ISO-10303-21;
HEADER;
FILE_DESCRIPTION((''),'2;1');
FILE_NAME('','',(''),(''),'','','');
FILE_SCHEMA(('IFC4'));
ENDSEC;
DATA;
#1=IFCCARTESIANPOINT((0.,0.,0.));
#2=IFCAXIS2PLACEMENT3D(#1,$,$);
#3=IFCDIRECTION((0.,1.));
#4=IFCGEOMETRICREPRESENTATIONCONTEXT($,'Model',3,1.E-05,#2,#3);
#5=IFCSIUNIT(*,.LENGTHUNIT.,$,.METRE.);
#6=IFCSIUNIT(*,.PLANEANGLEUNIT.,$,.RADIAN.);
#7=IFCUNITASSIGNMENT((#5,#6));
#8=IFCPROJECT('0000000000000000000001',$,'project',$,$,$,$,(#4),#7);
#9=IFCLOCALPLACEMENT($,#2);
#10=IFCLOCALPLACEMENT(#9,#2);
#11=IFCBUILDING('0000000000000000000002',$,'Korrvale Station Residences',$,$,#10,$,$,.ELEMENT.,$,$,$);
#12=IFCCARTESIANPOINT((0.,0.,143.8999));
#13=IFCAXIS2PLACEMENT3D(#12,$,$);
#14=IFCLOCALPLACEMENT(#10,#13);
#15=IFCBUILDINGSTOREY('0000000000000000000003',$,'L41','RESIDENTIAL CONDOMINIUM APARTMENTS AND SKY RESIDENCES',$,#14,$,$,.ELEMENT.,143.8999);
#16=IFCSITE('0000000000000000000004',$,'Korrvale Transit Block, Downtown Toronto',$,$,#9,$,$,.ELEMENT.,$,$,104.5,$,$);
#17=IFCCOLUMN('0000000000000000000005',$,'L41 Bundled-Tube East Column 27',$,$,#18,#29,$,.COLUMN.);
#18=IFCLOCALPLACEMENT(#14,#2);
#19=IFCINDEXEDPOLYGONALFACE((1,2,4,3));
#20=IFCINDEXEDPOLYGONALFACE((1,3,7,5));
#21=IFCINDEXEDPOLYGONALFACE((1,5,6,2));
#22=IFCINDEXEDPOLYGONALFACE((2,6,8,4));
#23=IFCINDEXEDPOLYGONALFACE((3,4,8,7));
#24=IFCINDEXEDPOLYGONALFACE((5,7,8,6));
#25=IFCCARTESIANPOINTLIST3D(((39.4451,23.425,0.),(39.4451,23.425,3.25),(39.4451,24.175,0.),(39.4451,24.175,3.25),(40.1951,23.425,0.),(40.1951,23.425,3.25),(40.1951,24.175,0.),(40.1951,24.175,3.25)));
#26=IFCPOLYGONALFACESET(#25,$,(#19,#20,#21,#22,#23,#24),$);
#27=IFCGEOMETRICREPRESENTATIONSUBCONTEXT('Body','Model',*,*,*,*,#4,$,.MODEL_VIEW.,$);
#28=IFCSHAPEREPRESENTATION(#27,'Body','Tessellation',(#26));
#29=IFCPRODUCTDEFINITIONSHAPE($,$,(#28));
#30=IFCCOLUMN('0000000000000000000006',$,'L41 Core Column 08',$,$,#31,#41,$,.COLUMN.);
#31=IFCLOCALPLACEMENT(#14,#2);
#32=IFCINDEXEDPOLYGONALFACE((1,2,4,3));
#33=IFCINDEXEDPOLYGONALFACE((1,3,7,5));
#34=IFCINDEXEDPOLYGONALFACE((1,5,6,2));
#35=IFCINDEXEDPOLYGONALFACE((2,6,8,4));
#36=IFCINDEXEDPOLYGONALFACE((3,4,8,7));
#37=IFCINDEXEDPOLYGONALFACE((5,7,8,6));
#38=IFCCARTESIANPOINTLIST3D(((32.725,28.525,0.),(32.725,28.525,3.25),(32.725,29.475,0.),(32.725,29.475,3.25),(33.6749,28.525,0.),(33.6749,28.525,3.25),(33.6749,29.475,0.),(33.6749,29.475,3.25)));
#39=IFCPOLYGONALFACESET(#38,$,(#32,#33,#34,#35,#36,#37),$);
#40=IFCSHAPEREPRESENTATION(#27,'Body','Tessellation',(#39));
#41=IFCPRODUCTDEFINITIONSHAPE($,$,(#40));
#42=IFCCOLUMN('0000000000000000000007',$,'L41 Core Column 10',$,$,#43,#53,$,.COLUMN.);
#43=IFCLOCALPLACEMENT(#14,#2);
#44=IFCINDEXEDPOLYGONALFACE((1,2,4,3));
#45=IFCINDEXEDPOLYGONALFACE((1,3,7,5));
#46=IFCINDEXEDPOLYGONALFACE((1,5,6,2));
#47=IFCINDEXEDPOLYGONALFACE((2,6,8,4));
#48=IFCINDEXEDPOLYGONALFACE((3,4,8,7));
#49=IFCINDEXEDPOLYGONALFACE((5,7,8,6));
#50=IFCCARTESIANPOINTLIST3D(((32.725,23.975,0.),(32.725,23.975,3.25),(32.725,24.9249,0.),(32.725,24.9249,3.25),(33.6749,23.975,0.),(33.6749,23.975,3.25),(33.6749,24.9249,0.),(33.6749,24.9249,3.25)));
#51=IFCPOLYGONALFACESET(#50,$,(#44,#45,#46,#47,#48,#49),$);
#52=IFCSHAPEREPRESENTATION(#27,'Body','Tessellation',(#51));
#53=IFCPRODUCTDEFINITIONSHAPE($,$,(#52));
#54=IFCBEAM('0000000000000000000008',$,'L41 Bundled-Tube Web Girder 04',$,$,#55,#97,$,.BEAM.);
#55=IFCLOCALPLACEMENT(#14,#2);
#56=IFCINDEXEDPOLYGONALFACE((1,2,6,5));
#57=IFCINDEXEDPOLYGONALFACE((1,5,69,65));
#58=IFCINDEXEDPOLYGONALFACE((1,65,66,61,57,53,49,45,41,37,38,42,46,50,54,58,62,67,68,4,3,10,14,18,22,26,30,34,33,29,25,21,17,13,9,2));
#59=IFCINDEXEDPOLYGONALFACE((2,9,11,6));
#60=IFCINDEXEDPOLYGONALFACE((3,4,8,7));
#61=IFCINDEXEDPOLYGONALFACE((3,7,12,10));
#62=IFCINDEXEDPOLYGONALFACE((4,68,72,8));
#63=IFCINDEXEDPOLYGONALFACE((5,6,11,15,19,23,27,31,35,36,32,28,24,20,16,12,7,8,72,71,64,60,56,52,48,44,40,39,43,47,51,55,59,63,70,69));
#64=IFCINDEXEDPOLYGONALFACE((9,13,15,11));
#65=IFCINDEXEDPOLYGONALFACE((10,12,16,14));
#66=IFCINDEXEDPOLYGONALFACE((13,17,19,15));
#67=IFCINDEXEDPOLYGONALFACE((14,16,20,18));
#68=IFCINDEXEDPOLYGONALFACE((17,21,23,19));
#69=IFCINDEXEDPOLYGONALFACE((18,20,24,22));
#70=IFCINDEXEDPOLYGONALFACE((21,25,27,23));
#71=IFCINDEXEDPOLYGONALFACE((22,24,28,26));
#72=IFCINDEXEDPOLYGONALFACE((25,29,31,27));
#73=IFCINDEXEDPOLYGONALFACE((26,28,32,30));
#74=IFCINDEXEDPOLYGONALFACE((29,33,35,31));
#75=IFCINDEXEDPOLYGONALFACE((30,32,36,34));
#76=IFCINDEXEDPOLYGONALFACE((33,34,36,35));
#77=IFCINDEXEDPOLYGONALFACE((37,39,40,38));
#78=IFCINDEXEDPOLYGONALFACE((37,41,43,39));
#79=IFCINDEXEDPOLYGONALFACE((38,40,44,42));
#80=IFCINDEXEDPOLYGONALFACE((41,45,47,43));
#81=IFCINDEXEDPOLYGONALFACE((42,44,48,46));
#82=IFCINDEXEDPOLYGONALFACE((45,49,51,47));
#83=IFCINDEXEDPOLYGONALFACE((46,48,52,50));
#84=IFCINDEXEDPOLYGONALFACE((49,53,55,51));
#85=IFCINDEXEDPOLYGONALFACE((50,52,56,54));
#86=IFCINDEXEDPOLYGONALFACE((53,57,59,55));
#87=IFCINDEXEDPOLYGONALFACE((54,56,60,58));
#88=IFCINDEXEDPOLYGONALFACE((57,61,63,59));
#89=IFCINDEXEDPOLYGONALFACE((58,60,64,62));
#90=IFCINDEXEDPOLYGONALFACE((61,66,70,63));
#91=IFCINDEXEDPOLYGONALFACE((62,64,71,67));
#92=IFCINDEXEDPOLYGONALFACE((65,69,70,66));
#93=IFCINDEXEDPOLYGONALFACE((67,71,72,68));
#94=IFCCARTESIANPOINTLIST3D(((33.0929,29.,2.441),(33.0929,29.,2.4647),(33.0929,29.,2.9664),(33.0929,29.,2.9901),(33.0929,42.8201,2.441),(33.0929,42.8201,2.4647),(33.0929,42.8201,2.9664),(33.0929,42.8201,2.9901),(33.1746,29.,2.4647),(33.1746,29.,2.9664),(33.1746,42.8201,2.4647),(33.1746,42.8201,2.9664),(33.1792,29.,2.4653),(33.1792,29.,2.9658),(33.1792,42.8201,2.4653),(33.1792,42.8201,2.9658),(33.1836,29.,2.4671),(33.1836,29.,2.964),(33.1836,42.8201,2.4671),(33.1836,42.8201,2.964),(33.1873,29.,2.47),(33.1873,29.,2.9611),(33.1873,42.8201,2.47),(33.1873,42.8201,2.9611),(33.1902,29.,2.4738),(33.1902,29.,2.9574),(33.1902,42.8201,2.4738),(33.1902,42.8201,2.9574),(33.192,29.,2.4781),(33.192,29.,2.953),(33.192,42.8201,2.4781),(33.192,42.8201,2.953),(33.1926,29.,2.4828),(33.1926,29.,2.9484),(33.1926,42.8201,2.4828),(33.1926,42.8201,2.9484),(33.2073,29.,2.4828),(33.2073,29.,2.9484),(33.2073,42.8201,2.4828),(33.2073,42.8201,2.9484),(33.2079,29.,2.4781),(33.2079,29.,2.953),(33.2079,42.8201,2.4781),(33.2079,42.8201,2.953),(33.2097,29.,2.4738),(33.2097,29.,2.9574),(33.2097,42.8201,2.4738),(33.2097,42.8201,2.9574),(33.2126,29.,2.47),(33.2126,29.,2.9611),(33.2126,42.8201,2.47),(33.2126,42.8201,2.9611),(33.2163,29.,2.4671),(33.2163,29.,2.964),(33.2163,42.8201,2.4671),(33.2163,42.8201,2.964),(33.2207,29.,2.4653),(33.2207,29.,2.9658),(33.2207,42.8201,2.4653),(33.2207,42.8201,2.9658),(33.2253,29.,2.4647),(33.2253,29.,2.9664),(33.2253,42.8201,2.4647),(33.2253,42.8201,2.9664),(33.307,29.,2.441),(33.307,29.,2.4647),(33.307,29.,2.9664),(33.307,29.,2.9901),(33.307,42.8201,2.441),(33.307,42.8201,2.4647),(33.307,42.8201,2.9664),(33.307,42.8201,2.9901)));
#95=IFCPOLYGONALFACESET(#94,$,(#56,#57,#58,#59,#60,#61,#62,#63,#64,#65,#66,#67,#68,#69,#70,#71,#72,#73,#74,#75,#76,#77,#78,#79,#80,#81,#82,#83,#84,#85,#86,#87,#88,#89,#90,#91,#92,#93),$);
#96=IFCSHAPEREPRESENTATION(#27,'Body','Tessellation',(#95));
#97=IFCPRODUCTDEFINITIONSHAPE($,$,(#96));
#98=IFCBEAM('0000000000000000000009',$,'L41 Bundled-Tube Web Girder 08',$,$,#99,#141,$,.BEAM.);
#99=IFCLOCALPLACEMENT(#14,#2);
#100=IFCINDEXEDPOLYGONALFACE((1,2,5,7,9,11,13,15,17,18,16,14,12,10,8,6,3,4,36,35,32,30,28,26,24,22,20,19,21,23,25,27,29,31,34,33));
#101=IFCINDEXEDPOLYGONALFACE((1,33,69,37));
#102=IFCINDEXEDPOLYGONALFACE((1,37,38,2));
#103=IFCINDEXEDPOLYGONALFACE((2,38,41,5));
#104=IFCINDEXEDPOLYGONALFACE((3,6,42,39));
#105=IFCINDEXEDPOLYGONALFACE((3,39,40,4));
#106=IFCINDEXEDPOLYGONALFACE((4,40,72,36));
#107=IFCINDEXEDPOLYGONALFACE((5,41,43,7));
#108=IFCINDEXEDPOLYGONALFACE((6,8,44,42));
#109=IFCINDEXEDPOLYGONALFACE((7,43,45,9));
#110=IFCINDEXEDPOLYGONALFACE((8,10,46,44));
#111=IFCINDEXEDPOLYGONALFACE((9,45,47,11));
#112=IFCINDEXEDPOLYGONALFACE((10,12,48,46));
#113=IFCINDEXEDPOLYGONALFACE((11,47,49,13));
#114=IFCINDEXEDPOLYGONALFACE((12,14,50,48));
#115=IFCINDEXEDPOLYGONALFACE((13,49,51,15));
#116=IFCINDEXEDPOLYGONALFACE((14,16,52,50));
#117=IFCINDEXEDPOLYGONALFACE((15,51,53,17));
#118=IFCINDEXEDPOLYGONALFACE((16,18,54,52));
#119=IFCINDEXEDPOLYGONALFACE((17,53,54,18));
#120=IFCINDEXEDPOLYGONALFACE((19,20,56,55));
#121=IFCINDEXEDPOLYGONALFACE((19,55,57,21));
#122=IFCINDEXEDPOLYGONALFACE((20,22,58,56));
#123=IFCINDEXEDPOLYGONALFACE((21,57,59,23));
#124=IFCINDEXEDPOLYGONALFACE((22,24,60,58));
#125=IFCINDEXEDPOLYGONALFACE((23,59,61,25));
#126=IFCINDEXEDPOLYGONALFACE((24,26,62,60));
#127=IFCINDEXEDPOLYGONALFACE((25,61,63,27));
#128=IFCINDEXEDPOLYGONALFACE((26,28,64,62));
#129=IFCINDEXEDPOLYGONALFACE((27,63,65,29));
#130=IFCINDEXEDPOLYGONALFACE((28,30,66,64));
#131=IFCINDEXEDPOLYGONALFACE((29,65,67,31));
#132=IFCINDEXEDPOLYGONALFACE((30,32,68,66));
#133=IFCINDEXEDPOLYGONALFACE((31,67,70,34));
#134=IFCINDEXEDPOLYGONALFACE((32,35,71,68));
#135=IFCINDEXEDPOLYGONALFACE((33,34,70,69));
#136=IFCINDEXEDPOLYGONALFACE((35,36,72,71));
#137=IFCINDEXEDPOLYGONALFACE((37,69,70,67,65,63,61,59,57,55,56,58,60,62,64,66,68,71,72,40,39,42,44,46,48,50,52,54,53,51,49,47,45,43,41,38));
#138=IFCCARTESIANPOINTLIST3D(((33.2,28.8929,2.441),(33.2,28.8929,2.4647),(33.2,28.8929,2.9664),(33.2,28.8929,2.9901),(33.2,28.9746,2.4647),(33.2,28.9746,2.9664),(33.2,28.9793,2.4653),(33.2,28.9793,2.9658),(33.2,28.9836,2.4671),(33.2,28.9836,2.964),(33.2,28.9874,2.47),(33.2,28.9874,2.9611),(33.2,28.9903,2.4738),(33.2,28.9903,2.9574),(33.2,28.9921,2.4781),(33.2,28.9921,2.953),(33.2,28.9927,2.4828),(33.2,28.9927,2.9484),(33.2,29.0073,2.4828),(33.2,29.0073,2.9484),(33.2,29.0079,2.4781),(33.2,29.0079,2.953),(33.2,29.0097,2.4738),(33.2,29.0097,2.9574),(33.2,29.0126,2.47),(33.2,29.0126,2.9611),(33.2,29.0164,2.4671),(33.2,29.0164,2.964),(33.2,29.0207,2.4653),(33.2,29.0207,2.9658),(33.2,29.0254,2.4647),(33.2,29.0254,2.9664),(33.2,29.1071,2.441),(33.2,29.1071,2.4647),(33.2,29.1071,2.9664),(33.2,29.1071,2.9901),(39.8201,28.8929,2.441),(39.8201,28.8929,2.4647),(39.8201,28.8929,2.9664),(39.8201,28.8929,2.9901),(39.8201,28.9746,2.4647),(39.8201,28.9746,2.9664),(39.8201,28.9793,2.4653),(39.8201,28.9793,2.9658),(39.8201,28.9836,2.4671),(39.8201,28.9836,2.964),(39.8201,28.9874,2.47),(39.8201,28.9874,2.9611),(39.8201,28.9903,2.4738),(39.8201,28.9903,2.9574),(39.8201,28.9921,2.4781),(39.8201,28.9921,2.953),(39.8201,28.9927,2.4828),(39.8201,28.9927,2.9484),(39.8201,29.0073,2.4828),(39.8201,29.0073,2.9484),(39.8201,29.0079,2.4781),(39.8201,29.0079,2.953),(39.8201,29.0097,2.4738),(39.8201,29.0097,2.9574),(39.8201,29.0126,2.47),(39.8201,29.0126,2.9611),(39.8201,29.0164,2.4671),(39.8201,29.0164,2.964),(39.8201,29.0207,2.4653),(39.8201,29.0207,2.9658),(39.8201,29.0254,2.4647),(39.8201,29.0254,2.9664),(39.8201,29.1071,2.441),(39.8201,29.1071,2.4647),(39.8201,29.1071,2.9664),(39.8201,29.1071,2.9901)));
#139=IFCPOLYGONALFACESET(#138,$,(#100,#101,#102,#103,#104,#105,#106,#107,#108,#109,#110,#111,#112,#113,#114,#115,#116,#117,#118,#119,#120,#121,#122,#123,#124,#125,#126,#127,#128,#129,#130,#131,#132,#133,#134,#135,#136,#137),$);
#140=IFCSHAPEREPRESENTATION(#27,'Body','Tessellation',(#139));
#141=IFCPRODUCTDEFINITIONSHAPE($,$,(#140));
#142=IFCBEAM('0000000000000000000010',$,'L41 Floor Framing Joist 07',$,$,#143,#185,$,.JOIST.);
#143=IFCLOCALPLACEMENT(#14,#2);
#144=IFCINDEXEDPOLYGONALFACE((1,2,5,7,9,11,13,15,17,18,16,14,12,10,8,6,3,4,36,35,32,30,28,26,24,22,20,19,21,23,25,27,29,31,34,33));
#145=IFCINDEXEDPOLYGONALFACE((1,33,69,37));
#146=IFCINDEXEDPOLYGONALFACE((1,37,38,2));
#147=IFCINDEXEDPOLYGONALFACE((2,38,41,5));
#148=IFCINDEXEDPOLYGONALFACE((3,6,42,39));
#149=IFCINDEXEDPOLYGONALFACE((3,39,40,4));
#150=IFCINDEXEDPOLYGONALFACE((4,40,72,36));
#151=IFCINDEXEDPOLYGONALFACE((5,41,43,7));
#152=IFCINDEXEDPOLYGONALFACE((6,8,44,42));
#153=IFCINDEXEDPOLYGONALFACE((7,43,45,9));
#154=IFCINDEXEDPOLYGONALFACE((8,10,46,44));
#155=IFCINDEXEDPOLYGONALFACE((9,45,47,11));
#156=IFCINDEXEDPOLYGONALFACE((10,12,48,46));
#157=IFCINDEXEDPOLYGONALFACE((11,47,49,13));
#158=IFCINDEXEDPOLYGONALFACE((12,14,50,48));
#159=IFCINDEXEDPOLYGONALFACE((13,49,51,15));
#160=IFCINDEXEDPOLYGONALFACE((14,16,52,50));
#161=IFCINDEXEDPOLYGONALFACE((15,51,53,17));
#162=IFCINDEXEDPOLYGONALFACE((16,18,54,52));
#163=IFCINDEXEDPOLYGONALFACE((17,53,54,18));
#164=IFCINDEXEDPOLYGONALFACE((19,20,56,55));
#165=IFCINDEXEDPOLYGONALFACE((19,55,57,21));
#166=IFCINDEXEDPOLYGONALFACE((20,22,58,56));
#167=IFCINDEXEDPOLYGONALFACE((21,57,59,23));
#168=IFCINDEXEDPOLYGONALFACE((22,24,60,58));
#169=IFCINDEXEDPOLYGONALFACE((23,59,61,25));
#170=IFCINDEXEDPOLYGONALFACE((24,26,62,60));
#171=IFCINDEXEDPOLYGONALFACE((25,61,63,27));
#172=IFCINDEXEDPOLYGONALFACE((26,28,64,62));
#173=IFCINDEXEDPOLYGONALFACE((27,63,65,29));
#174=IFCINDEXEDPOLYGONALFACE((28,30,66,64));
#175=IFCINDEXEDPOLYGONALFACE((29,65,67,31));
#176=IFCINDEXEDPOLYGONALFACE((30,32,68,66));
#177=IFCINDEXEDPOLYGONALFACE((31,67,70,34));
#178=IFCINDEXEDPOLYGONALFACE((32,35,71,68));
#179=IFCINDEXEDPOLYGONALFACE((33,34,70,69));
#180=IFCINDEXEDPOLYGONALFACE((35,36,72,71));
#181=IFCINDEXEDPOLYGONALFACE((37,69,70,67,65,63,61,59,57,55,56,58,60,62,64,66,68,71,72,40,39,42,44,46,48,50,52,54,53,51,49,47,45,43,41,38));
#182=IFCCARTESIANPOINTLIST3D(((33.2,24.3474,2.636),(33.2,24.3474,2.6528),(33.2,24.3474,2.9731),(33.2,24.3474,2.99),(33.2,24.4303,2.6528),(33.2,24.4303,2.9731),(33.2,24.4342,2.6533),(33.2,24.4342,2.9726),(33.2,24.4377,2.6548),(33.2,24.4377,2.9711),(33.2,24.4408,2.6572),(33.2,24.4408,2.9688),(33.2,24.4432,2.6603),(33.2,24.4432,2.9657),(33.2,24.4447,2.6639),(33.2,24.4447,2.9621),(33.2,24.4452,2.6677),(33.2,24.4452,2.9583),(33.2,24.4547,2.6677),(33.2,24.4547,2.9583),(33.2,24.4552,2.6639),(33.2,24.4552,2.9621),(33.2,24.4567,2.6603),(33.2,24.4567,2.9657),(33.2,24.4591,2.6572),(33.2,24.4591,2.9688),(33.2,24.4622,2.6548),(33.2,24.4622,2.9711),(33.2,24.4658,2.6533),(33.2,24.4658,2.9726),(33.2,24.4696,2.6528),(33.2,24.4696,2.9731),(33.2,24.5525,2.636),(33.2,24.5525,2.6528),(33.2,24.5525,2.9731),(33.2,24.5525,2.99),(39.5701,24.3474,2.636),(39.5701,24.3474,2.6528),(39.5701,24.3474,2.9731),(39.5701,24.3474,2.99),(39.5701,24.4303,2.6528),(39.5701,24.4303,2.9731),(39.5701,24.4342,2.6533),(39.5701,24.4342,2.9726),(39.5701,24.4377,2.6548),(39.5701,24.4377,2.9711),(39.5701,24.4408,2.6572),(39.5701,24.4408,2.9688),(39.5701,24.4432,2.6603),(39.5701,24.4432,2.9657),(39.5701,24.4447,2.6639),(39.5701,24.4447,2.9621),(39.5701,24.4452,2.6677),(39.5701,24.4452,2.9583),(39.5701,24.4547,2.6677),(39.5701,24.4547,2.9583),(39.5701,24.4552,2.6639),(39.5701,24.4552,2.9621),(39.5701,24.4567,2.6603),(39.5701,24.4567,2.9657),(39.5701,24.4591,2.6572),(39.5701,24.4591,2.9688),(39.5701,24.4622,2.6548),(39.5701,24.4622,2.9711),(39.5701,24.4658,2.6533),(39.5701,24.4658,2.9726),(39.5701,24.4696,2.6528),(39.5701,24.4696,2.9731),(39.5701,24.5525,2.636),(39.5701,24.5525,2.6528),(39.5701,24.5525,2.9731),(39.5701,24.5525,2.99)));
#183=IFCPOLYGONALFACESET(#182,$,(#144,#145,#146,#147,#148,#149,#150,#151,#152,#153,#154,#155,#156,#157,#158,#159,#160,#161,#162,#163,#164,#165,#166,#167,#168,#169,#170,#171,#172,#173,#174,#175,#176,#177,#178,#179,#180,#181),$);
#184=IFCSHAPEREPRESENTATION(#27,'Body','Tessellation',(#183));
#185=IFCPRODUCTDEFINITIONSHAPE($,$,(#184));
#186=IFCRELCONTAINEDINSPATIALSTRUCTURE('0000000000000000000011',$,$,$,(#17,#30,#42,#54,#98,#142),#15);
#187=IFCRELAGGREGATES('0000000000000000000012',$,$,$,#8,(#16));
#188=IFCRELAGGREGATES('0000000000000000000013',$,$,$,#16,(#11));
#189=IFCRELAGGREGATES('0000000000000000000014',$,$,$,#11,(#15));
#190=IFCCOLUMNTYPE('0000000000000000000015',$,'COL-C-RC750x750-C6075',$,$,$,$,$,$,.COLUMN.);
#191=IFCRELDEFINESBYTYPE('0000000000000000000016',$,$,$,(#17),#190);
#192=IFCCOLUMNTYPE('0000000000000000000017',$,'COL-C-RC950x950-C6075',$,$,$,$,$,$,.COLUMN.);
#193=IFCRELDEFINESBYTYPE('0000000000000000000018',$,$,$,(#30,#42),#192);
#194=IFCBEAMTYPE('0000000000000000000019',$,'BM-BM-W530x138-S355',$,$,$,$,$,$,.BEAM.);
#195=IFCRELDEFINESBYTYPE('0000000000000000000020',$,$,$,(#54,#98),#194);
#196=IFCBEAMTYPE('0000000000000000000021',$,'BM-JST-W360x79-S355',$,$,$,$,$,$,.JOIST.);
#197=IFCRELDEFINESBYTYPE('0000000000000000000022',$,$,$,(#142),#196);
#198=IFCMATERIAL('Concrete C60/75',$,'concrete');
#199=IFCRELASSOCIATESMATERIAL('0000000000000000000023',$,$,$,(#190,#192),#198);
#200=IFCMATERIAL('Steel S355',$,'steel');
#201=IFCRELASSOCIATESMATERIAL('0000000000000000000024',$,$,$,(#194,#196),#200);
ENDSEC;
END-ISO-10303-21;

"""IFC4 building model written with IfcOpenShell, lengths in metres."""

from ifc_helpers import new_model, si_unit, direction, frame, origin, origin_2d, place, context, subcontext, project, spatial, rectangle, i_section, extrude, material, material_profile, profile_set, type_object, element, save


model = new_model("IFC4")

# Units and contexts
model_context = context("Model", 3, precision=1e-05, world=origin(), true_north=direction((0.0, 1.0)))
body_context = subcontext(model_context, "Body", "Model", "MODEL_VIEW")
ifc_project = project(units=[si_unit("LENGTHUNIT", "METRE"), si_unit("PLANEANGLEUNIT", "RADIAN")], contexts=[model_context])

# Site, building, storey
site_placement = place(None, origin())
site = spatial("IfcSite", under=ifc_project, at=site_placement, Name="Korrvale Transit Block, Downtown Toronto", CompositionType="ELEMENT", RefElevation=104.5)
building_placement = place(site_placement, origin())
building = spatial("IfcBuilding", under=site, at=building_placement, Name="Korrvale Station Residences", CompositionType="ELEMENT")
storey_placement = place(building_placement, frame((0.0, 0.0, 143.8999)))
storey = spatial("IfcBuildingStorey", under=building, at=storey_placement, Name="L41", Description="RESIDENTIAL CONDOMINIUM APARTMENTS AND SKY RESIDENCES", CompositionType="ELEMENT", Elevation=143.8999)

# Columns
ifc_material_1 = material(Name="Concrete C60/75", Category="concrete")
ifc_material_profile_1 = material_profile(ifc_material_1, rectangle(XDim=0.75, YDim=0.75, at=origin_2d()), Name="RC750x750")
ifc_profile_set_1 = profile_set([ifc_material_profile_1], Name="Concrete C60/75")
column_type_1 = type_object("IfcColumnType", Name="COL-C-RC750x750-C6075", PredefinedType="COLUMN", material=ifc_profile_set_1)
column_placement = place(storey_placement, frame((39.8201, 23.8, 0.0), z_axis=(0.0, 0.0, 1.0), x_axis=(1.0, 0.0, 0.0)))
element("IfcColumn", 1, at=column_placement, inside=storey, type_object=column_type_1, Name="L41 Bundled-Tube East Column 27", PredefinedType="COLUMN", context=body_context, shape_type="SweptSolid", body=[
    extrude(rectangle(XDim=0.75, YDim=0.75, at=origin_2d()), origin(), (0.0, 0.0, 1.0), 3.25),
])
ifc_material_profile_2 = material_profile(ifc_material_1, rectangle(XDim=0.95, YDim=0.95, at=origin_2d()), Name="RC950x950")
ifc_profile_set_2 = profile_set([ifc_material_profile_2], Name="Concrete C60/75")
column_type_2 = type_object("IfcColumnType", Name="COL-C-RC950x950-C6075", PredefinedType="COLUMN", material=ifc_profile_set_2)
for number, where, z_axis, x_axis, name in (
    (2, (33.2, 29.0, 0.0), (0.0, 0.0, 1.0), (1.0, 0.0, 0.0), "L41 Core Column 08"),
    (3, (33.2, 24.45, 0.0), (0.0, 0.0, 1.0), (1.0, 0.0, 0.0), "L41 Core Column 10"),
):
    element("IfcColumn", number, at=place(storey_placement, frame(where, z_axis=z_axis, x_axis=x_axis)), inside=storey, type_object=column_type_2, Name=name, PredefinedType="COLUMN", context=body_context, shape_type="SweptSolid", body=[
        extrude(rectangle(XDim=0.95, YDim=0.95, at=origin_2d()), origin(), (0.0, 0.0, 1.0), 3.25),
    ])

# Beams
ifc_material_2 = material(Name="Steel S355", Category="steel")
ifc_material_profile_3 = material_profile(ifc_material_2, i_section(OverallWidth=0.2141, OverallDepth=0.5491, WebThickness=0.0146, FlangeThickness=0.0237, FilletRadius=0.0181, at=origin_2d()), Name="W530x138")
ifc_profile_set_3 = profile_set([ifc_material_profile_3], Name="Steel S355")
beam_type_1 = type_object("IfcBeamType", Name="BM-BM-W530x138-S355", PredefinedType="BEAM", material=ifc_profile_set_3)
beam_1_placement = place(storey_placement, frame((33.2, 29.0, 2.7156), z_axis=(0.0, 1.0, 0.0), x_axis=(-1.0, 0.0, 0.0)))
element("IfcBeam", 4, at=beam_1_placement, inside=storey, type_object=beam_type_1, Name="L41 Bundled-Tube Web Girder 04", PredefinedType="BEAM", context=body_context, shape_type="SweptSolid", body=[
    extrude(i_section(OverallWidth=0.2141, OverallDepth=0.5491, WebThickness=0.0146, FlangeThickness=0.0237, FilletRadius=0.0181, at=origin_2d()), origin(), (0.0, 0.0, 1.0), 13.8201),
])
beam_2_placement = place(storey_placement, frame((33.2, 29.0, 2.7156), z_axis=(1.0, 0.0, 0.0), x_axis=(0.0, 1.0, 0.0)))
element("IfcBeam", 5, at=beam_2_placement, inside=storey, type_object=beam_type_1, Name="L41 Bundled-Tube Web Girder 08", PredefinedType="BEAM", context=body_context, shape_type="SweptSolid", body=[
    extrude(i_section(OverallWidth=0.2141, OverallDepth=0.5491, WebThickness=0.0146, FlangeThickness=0.0237, FilletRadius=0.0181, at=origin_2d()), origin(), (0.0, 0.0, 1.0), 6.6201),
])
ifc_material_profile_4 = material_profile(ifc_material_2, i_section(OverallWidth=0.2051, OverallDepth=0.354, WebThickness=0.0095, FlangeThickness=0.0168, FilletRadius=0.0149, at=origin_2d()), Name="W360x79")
ifc_profile_set_4 = profile_set([ifc_material_profile_4], Name="Steel S355")
beam_type_2 = type_object("IfcBeamType", Name="BM-JST-W360x79-S355", PredefinedType="JOIST", material=ifc_profile_set_4)
beam_3_placement = place(storey_placement, frame((33.2, 24.45, 2.813), z_axis=(1.0, 0.0, 0.0), x_axis=(0.0, 1.0, 0.0)))
element("IfcBeam", 6, at=beam_3_placement, inside=storey, type_object=beam_type_2, Name="L41 Floor Framing Joist 07", PredefinedType="JOIST", context=body_context, shape_type="SweptSolid", body=[
    extrude(i_section(OverallWidth=0.2051, OverallDepth=0.354, WebThickness=0.0095, FlangeThickness=0.0168, FilletRadius=0.0149, at=origin_2d()), origin(), (0.0, 0.0, 1.0), 6.3701),
])

save(model, "model.ifc")
